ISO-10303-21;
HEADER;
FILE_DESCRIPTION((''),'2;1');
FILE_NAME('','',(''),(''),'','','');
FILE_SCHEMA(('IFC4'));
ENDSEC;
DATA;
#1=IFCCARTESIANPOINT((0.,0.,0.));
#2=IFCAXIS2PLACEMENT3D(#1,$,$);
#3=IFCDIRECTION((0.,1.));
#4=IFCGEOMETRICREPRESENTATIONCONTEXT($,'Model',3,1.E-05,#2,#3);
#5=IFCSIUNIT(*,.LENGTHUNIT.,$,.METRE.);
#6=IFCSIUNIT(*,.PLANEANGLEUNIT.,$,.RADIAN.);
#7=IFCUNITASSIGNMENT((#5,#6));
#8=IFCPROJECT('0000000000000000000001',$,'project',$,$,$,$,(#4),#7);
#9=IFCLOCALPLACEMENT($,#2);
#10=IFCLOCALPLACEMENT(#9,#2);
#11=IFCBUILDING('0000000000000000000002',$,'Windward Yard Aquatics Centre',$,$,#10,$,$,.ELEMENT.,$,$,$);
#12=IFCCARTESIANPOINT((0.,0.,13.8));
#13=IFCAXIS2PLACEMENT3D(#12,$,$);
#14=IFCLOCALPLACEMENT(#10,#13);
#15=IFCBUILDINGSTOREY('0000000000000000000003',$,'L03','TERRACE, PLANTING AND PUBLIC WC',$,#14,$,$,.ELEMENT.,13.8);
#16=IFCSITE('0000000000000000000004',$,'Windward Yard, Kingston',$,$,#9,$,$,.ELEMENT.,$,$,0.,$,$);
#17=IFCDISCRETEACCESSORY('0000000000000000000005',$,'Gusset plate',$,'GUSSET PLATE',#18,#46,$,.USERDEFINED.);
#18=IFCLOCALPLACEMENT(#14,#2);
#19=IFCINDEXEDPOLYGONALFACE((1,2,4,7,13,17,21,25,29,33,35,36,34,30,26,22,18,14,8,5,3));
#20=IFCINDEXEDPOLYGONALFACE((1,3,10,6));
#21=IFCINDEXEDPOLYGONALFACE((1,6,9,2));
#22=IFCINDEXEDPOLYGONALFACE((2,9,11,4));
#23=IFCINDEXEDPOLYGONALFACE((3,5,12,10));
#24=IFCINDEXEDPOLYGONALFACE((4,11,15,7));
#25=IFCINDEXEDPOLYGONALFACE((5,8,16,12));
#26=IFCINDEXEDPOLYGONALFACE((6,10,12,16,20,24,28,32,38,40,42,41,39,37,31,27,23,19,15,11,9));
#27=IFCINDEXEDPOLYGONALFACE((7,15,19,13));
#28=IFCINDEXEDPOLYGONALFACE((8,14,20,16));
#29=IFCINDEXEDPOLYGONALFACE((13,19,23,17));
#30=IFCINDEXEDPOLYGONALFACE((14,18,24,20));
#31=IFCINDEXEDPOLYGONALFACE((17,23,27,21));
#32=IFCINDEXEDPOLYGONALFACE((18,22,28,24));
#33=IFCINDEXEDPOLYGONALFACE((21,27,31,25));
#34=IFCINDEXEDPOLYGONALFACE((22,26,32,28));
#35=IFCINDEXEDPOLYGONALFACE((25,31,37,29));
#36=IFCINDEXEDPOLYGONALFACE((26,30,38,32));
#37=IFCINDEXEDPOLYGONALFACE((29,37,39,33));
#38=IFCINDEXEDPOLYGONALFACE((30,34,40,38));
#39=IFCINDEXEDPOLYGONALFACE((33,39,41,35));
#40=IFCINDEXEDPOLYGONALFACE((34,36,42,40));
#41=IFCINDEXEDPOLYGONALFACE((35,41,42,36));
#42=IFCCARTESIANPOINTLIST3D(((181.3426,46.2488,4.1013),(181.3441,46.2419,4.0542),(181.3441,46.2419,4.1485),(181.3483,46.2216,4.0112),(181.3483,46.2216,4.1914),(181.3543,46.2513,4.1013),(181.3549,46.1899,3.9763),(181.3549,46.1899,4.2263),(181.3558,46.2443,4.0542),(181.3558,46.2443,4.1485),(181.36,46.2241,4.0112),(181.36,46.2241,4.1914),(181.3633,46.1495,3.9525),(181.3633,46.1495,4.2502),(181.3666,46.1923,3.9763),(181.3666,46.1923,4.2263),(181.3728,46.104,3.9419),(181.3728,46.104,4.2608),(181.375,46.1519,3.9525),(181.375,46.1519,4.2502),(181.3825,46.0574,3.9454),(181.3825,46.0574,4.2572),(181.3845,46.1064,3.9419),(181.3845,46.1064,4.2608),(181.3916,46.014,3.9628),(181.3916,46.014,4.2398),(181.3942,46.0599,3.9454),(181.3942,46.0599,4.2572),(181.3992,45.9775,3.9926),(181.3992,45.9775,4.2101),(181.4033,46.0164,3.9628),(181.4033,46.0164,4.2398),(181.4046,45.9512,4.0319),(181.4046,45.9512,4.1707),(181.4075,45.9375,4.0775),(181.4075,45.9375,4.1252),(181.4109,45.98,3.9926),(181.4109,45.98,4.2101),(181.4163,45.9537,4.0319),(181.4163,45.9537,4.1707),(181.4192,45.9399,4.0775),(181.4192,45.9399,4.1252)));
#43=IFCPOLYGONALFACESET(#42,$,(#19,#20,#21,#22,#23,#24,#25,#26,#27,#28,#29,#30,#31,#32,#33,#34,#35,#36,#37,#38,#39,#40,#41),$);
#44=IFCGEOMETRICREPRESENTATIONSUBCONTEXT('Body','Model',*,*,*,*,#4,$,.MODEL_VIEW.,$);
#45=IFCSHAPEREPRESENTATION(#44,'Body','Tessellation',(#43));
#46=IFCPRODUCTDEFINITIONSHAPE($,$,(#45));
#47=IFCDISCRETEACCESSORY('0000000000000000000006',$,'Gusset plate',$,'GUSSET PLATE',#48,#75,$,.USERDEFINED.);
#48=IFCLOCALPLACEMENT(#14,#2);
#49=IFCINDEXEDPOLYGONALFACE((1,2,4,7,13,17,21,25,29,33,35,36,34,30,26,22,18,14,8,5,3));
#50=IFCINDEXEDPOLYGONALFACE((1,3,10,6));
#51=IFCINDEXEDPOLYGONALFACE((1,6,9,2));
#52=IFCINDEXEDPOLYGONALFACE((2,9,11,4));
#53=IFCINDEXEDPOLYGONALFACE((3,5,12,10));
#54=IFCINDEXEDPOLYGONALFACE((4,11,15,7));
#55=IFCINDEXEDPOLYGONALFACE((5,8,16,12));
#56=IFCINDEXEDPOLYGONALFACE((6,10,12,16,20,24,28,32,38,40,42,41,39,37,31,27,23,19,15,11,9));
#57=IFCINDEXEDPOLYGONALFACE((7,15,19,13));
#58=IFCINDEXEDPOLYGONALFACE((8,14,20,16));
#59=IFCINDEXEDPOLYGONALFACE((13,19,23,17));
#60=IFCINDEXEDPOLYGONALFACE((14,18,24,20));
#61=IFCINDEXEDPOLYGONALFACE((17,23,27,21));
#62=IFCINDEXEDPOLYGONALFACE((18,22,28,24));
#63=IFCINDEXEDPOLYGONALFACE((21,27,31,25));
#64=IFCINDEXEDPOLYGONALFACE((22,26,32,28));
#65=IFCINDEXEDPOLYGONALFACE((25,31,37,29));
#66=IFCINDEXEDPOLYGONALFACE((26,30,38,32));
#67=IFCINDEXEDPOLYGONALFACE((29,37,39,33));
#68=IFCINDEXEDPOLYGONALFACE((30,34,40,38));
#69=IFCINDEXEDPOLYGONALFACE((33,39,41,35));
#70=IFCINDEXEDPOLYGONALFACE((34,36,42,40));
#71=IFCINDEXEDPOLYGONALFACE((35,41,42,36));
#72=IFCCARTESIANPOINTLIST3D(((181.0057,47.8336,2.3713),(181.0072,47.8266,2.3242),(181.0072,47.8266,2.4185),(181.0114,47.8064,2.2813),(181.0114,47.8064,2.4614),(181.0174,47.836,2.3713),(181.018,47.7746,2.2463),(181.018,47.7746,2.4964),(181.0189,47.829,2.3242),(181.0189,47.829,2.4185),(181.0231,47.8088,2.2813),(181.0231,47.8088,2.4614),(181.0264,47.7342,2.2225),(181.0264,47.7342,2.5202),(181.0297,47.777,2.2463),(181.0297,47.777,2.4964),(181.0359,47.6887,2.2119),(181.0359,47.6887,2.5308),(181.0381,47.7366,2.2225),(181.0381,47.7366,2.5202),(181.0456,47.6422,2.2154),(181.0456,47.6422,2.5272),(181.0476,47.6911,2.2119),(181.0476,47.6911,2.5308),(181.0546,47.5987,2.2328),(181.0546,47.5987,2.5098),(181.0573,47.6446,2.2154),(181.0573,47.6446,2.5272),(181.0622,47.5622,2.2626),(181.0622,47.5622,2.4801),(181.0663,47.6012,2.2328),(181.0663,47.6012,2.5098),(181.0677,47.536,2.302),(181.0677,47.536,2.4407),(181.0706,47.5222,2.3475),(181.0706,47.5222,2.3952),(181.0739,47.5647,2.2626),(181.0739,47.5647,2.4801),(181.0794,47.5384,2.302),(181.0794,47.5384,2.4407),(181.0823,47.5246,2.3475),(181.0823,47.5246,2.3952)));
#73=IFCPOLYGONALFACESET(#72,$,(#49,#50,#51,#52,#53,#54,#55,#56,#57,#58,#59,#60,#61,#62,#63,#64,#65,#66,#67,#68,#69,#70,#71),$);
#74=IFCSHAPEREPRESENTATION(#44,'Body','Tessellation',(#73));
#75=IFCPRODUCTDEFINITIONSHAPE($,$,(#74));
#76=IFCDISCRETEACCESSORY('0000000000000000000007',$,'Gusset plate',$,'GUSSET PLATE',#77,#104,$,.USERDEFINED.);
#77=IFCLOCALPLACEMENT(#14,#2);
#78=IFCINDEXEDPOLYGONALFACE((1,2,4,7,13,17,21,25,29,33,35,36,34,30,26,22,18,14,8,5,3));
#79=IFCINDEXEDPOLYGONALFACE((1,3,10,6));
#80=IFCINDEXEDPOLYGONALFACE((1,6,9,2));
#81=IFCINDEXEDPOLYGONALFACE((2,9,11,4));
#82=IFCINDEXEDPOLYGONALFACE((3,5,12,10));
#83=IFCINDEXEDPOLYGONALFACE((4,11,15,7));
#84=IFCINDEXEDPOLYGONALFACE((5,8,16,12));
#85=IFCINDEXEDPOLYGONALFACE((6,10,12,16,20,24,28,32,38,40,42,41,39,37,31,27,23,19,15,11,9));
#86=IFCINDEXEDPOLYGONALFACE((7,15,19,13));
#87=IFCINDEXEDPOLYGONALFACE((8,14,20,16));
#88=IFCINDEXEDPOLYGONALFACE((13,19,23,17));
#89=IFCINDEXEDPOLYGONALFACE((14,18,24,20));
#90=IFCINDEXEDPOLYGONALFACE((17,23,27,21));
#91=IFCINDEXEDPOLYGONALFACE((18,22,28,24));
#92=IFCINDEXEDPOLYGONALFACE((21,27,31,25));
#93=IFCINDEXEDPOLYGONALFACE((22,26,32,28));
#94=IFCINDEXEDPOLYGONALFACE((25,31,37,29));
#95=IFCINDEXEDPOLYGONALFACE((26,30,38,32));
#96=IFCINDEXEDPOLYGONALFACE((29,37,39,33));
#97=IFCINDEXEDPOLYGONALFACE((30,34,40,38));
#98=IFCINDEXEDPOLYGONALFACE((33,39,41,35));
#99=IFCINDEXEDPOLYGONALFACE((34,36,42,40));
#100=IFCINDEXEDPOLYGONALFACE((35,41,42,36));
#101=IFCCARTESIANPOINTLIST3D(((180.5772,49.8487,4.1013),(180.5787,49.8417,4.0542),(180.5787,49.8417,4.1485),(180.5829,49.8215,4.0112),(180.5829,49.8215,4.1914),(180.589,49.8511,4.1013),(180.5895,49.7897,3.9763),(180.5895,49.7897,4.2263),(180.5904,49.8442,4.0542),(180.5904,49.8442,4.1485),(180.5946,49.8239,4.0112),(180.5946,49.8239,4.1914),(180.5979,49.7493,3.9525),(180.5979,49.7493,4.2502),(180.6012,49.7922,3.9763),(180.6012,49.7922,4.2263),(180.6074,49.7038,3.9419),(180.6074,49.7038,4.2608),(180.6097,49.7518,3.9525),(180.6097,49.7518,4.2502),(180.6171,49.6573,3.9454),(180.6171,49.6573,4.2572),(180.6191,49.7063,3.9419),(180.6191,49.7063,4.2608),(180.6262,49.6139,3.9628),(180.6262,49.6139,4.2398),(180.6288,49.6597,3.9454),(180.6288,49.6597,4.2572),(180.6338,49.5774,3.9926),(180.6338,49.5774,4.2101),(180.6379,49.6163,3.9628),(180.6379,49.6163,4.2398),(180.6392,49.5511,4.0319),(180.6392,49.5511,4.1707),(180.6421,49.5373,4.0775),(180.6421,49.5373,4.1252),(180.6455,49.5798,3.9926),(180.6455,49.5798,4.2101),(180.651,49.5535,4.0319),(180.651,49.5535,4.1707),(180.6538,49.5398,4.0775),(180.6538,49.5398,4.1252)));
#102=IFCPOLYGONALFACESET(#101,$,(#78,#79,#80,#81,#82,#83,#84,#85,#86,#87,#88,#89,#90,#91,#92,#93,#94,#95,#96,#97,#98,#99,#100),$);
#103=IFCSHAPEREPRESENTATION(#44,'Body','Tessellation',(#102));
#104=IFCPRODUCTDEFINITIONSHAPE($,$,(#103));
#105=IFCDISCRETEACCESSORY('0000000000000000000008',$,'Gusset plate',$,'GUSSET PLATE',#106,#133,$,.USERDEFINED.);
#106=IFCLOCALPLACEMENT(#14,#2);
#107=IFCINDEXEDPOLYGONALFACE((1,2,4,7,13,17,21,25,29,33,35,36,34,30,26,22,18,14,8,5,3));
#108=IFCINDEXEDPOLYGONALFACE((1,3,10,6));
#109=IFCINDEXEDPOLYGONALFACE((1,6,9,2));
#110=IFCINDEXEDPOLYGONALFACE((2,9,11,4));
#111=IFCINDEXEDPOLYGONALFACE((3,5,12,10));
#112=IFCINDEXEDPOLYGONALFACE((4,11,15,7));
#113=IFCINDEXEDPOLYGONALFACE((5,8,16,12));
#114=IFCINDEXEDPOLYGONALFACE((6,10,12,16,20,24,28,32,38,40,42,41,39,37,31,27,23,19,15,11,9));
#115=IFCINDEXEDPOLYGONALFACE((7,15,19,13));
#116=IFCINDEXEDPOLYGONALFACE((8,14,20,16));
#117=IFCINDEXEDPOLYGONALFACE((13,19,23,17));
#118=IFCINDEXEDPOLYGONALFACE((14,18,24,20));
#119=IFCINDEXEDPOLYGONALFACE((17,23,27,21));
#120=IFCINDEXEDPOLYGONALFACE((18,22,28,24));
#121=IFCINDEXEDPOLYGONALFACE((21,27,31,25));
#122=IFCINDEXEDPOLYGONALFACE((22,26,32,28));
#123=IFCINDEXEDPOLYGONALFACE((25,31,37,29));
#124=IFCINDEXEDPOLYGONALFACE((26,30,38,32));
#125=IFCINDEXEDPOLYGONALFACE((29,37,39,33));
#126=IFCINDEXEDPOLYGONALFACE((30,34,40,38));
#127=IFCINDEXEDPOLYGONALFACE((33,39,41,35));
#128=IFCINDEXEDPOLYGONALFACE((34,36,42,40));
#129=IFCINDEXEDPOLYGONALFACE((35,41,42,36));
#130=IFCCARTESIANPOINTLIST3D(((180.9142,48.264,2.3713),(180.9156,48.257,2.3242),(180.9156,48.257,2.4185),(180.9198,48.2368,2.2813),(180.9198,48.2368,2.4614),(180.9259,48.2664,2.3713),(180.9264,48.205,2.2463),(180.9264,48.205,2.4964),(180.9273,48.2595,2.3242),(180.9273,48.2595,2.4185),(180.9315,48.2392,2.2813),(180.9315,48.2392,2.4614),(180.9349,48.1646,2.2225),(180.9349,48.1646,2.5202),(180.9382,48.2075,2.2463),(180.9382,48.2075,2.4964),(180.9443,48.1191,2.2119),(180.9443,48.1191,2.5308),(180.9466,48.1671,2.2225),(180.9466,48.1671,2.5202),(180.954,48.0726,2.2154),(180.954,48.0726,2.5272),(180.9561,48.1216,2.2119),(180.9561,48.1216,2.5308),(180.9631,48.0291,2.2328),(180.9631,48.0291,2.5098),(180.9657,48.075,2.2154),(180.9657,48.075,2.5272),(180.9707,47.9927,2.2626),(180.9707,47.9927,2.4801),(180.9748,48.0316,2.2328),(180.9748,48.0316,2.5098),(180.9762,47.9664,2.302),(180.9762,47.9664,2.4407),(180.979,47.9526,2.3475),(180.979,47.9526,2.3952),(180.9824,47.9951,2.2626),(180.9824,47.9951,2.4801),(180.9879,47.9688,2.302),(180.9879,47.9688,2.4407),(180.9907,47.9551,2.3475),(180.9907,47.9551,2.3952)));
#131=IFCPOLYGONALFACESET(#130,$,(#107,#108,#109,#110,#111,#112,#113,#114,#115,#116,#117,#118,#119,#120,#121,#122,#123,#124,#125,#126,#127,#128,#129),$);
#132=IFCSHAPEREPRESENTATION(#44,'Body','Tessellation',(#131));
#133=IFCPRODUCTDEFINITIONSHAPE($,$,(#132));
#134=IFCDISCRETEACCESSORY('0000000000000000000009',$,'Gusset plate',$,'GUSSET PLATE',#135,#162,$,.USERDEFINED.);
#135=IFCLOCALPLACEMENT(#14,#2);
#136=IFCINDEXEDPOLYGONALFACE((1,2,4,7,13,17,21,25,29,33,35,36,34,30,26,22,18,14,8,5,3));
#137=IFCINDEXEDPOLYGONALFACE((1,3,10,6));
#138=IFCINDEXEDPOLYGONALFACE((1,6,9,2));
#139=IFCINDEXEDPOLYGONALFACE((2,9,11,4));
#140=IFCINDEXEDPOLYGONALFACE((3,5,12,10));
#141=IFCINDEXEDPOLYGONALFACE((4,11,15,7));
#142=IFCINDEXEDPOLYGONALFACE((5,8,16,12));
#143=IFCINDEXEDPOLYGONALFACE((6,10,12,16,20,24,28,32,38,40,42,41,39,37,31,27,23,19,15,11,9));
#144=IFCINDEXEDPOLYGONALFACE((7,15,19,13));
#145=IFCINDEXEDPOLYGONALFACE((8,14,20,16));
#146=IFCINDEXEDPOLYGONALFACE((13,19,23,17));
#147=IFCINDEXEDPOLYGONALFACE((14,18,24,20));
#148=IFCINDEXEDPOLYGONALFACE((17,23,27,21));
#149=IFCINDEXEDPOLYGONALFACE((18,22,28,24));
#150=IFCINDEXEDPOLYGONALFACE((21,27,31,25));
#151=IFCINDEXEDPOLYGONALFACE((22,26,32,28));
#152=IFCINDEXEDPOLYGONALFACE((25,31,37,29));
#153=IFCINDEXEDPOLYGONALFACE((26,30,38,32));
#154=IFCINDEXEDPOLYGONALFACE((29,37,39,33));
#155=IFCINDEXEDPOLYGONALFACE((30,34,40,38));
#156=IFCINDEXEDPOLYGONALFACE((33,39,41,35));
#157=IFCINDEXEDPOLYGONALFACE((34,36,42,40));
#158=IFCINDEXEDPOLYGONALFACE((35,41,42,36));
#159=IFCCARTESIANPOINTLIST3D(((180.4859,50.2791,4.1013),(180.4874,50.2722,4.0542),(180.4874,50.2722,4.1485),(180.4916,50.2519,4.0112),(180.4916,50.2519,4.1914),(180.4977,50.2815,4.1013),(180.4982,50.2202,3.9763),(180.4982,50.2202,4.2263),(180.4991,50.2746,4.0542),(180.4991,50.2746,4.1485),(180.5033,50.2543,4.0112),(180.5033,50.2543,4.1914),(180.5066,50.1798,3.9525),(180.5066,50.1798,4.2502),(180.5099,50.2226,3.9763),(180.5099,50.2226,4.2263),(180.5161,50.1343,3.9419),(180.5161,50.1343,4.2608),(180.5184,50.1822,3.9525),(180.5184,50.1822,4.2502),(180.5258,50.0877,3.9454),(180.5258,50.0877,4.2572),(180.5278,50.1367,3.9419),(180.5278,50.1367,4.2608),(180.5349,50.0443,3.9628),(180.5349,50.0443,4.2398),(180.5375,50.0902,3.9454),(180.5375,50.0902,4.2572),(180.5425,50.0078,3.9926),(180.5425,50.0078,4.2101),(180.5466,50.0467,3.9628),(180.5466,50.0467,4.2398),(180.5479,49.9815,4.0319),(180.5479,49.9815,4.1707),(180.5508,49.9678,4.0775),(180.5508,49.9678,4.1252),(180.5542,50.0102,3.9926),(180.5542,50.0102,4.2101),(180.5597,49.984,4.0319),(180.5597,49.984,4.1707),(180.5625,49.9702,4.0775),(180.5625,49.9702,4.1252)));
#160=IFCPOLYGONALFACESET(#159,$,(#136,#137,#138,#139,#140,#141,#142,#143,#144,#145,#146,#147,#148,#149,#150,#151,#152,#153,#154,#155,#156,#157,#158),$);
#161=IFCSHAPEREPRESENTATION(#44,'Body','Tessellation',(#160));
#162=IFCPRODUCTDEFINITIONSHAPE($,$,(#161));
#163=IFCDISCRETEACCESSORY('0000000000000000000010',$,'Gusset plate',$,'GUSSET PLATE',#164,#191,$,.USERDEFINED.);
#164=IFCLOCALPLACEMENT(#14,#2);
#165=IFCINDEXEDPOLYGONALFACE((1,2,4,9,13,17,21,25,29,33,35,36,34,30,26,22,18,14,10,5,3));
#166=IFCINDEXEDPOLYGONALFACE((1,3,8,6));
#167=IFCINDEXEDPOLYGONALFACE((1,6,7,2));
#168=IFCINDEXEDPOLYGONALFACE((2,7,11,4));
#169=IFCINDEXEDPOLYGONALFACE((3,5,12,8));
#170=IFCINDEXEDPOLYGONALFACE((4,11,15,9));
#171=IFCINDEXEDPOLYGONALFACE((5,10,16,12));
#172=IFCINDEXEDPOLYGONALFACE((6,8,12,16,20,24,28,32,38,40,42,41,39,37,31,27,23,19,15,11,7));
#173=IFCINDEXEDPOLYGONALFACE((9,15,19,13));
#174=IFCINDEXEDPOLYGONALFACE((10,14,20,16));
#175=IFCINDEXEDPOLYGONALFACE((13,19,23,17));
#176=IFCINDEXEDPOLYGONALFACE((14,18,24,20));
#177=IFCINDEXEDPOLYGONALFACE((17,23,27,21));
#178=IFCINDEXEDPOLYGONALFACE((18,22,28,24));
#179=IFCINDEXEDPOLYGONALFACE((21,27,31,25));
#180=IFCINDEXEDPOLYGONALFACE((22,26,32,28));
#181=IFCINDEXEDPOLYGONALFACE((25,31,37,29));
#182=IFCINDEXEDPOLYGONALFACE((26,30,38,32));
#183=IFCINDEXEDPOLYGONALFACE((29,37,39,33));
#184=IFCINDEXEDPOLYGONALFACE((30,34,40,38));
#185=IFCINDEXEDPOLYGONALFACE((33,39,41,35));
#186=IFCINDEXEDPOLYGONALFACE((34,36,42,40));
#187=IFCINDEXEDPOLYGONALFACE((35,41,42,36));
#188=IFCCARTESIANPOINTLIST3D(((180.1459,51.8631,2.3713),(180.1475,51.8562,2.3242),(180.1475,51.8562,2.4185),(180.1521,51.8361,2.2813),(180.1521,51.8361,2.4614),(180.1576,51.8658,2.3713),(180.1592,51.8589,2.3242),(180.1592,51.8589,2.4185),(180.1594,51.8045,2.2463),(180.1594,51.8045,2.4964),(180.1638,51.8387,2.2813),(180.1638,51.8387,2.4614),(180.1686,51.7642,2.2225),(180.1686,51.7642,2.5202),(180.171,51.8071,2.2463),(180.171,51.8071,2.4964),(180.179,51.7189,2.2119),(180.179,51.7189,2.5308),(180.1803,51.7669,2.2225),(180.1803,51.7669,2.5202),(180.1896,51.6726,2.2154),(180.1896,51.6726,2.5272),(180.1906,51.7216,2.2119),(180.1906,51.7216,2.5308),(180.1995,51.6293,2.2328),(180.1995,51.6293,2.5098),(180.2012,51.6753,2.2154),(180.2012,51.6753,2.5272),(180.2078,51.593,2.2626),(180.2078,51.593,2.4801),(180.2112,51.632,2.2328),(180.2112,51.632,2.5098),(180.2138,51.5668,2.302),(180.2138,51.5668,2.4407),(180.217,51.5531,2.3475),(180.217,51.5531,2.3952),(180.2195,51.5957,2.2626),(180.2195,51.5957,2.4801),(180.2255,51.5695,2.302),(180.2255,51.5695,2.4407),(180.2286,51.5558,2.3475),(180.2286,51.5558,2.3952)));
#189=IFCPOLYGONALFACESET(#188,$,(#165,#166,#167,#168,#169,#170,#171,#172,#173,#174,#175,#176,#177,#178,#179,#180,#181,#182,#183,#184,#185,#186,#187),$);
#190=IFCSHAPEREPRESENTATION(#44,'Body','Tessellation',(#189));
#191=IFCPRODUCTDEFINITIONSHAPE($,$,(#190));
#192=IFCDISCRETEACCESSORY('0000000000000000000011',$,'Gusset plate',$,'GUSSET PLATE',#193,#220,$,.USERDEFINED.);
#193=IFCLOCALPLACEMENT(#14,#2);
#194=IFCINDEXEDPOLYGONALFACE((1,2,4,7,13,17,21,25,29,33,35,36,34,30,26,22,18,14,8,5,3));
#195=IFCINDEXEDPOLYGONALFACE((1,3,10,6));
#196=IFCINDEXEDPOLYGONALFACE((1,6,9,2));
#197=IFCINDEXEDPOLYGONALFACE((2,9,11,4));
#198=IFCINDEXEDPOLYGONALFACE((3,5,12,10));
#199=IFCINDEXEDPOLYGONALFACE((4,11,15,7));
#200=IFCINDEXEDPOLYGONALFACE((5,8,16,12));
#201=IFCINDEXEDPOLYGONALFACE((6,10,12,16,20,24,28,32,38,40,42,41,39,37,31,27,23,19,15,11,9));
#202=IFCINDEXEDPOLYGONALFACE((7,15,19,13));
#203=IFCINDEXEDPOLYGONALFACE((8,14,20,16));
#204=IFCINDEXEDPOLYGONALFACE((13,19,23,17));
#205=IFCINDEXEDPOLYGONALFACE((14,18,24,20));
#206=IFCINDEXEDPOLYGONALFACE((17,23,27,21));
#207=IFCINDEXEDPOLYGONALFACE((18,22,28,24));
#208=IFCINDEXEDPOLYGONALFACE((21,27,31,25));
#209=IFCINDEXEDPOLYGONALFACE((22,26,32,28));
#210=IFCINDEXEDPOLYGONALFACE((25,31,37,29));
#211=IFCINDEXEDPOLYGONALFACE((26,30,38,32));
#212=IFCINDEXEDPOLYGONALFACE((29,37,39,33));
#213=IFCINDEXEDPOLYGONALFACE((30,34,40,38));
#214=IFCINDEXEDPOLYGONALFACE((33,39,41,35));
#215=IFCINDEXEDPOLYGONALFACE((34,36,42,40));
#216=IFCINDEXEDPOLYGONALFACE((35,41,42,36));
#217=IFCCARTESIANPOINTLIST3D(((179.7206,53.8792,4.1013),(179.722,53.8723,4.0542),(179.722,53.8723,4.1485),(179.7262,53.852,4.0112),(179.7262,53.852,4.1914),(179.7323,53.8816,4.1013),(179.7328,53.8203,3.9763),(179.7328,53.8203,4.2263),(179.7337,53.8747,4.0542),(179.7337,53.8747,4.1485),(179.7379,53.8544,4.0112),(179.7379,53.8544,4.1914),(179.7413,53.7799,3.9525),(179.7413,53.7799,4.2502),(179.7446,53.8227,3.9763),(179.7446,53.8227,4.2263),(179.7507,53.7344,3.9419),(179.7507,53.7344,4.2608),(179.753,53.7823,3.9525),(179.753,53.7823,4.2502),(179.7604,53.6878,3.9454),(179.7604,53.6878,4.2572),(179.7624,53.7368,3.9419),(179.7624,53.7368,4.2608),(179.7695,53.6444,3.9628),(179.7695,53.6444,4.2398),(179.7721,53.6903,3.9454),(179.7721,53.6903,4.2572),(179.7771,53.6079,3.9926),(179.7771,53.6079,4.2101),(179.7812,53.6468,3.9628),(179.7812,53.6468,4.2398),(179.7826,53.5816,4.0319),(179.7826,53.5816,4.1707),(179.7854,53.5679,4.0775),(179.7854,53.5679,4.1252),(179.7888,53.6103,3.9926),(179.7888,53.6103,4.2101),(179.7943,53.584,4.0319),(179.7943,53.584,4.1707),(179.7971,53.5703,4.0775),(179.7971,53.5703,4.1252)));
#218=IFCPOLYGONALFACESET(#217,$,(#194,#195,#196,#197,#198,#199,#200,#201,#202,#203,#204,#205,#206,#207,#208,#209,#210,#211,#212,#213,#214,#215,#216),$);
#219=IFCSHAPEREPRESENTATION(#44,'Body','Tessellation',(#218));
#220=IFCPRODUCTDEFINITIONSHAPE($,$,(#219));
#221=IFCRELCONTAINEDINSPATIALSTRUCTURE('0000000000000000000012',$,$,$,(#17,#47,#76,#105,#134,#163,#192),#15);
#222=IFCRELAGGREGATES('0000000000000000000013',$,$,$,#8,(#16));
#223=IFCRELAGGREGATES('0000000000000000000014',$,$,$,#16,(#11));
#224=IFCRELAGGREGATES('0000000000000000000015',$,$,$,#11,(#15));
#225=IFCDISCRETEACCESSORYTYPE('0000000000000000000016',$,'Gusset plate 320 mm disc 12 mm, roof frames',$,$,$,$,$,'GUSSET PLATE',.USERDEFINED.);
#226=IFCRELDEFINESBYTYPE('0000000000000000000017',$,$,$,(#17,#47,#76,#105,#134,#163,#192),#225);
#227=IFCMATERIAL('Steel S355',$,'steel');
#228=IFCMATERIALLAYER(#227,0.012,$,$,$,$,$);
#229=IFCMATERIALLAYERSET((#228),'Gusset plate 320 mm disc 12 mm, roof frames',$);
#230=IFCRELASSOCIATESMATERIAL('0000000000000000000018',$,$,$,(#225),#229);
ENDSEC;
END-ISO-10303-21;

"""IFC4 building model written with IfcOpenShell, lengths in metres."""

from ifc_helpers import new_model, si_unit, direction, frame, origin, origin_2d, place, context, subcontext, project, spatial, circle, extrude, material, layer, layer_set, type_object, element, save


model = new_model("IFC4")

# Units and contexts
model_context = context("Model", 3, precision=1e-05, world=origin(), true_north=direction((0.0, 1.0)))
body_context = subcontext(model_context, "Body", "Model", "MODEL_VIEW")
ifc_project = project(units=[si_unit("LENGTHUNIT", "METRE"), si_unit("PLANEANGLEUNIT", "RADIAN")], contexts=[model_context])

# Site, building, storey
site_placement = place(None, origin())
site = spatial("IfcSite", under=ifc_project, at=site_placement, Name="Windward Yard, Kingston", CompositionType="ELEMENT", RefElevation=0.0)
building_placement = place(site_placement, origin())
building = spatial("IfcBuilding", under=site, at=building_placement, Name="Windward Yard Aquatics Centre", CompositionType="ELEMENT")
storey_placement = place(building_placement, frame((0.0, 0.0, 13.8)))
storey = spatial("IfcBuildingStorey", under=building, at=storey_placement, Name="L03", Description="TERRACE, PLANTING AND PUBLIC WC", CompositionType="ELEMENT", Elevation=13.8)

# Discrete accessories
ifc_material_1 = material(Name="Steel S355", Category="steel")
ifc_layer_1 = layer(ifc_material_1, 0.012)
ifc_layer_set_1 = layer_set([ifc_layer_1], Name="Gusset plate 320 mm disc 12 mm, roof frames")
discrete_accessory_type_1 = type_object("IfcDiscreteAccessoryType", Name="Gusset plate 320 mm disc 12 mm, roof frames", ElementType="GUSSET PLATE", PredefinedType="USERDEFINED", material=ifc_layer_set_1)
for number, where, z_axis, x_axis, name in (
    (1, (181.3752, 46.0923, 4.1013), (0.97898, 0.203954, 0.0), (-0.203954, 0.97898, 0.0), "Gusset plate"),
    (2, (181.0383, 47.677, 2.3713), (0.97898, 0.203954, 0.0), (-0.203954, 0.97898, 0.0), "Gusset plate"),
    (3, (180.6099, 49.6921, 4.1013), (0.97898, 0.203954, 0.0), (-0.203954, 0.97898, 0.0), "Gusset plate"),
    (4, (180.9468, 48.1074, 2.3713), (0.97898, 0.203954, 0.0), (-0.203954, 0.97898, 0.0), "Gusset plate"),
    (5, (180.5186, 50.1226, 4.1013), (0.97898, 0.203954, 0.0), (-0.203954, 0.97898, 0.0), "Gusset plate"),
    (6, (180.1816, 51.7073, 2.3713), (0.974732, 0.223376, 0.0), (-0.223376, 0.974732, 0.0), "Gusset plate"),
    (7, (179.7532, 53.7227, 4.1013), (0.97898, 0.203954, 0.0), (-0.203954, 0.97898, 0.0), "Gusset plate"),
):
    element("IfcDiscreteAccessory", number, at=place(storey_placement, frame(where, z_axis=z_axis, x_axis=x_axis)), inside=storey, type_object=discrete_accessory_type_1, Name=name, ObjectType="GUSSET PLATE", PredefinedType="USERDEFINED", context=body_context, shape_type="SweptSolid", body=[
        extrude(circle(Radius=0.1599, at=origin_2d()), origin(), (0.0, 0.0, 1.0), 0.012),
    ])

save(model, "model.ifc")
